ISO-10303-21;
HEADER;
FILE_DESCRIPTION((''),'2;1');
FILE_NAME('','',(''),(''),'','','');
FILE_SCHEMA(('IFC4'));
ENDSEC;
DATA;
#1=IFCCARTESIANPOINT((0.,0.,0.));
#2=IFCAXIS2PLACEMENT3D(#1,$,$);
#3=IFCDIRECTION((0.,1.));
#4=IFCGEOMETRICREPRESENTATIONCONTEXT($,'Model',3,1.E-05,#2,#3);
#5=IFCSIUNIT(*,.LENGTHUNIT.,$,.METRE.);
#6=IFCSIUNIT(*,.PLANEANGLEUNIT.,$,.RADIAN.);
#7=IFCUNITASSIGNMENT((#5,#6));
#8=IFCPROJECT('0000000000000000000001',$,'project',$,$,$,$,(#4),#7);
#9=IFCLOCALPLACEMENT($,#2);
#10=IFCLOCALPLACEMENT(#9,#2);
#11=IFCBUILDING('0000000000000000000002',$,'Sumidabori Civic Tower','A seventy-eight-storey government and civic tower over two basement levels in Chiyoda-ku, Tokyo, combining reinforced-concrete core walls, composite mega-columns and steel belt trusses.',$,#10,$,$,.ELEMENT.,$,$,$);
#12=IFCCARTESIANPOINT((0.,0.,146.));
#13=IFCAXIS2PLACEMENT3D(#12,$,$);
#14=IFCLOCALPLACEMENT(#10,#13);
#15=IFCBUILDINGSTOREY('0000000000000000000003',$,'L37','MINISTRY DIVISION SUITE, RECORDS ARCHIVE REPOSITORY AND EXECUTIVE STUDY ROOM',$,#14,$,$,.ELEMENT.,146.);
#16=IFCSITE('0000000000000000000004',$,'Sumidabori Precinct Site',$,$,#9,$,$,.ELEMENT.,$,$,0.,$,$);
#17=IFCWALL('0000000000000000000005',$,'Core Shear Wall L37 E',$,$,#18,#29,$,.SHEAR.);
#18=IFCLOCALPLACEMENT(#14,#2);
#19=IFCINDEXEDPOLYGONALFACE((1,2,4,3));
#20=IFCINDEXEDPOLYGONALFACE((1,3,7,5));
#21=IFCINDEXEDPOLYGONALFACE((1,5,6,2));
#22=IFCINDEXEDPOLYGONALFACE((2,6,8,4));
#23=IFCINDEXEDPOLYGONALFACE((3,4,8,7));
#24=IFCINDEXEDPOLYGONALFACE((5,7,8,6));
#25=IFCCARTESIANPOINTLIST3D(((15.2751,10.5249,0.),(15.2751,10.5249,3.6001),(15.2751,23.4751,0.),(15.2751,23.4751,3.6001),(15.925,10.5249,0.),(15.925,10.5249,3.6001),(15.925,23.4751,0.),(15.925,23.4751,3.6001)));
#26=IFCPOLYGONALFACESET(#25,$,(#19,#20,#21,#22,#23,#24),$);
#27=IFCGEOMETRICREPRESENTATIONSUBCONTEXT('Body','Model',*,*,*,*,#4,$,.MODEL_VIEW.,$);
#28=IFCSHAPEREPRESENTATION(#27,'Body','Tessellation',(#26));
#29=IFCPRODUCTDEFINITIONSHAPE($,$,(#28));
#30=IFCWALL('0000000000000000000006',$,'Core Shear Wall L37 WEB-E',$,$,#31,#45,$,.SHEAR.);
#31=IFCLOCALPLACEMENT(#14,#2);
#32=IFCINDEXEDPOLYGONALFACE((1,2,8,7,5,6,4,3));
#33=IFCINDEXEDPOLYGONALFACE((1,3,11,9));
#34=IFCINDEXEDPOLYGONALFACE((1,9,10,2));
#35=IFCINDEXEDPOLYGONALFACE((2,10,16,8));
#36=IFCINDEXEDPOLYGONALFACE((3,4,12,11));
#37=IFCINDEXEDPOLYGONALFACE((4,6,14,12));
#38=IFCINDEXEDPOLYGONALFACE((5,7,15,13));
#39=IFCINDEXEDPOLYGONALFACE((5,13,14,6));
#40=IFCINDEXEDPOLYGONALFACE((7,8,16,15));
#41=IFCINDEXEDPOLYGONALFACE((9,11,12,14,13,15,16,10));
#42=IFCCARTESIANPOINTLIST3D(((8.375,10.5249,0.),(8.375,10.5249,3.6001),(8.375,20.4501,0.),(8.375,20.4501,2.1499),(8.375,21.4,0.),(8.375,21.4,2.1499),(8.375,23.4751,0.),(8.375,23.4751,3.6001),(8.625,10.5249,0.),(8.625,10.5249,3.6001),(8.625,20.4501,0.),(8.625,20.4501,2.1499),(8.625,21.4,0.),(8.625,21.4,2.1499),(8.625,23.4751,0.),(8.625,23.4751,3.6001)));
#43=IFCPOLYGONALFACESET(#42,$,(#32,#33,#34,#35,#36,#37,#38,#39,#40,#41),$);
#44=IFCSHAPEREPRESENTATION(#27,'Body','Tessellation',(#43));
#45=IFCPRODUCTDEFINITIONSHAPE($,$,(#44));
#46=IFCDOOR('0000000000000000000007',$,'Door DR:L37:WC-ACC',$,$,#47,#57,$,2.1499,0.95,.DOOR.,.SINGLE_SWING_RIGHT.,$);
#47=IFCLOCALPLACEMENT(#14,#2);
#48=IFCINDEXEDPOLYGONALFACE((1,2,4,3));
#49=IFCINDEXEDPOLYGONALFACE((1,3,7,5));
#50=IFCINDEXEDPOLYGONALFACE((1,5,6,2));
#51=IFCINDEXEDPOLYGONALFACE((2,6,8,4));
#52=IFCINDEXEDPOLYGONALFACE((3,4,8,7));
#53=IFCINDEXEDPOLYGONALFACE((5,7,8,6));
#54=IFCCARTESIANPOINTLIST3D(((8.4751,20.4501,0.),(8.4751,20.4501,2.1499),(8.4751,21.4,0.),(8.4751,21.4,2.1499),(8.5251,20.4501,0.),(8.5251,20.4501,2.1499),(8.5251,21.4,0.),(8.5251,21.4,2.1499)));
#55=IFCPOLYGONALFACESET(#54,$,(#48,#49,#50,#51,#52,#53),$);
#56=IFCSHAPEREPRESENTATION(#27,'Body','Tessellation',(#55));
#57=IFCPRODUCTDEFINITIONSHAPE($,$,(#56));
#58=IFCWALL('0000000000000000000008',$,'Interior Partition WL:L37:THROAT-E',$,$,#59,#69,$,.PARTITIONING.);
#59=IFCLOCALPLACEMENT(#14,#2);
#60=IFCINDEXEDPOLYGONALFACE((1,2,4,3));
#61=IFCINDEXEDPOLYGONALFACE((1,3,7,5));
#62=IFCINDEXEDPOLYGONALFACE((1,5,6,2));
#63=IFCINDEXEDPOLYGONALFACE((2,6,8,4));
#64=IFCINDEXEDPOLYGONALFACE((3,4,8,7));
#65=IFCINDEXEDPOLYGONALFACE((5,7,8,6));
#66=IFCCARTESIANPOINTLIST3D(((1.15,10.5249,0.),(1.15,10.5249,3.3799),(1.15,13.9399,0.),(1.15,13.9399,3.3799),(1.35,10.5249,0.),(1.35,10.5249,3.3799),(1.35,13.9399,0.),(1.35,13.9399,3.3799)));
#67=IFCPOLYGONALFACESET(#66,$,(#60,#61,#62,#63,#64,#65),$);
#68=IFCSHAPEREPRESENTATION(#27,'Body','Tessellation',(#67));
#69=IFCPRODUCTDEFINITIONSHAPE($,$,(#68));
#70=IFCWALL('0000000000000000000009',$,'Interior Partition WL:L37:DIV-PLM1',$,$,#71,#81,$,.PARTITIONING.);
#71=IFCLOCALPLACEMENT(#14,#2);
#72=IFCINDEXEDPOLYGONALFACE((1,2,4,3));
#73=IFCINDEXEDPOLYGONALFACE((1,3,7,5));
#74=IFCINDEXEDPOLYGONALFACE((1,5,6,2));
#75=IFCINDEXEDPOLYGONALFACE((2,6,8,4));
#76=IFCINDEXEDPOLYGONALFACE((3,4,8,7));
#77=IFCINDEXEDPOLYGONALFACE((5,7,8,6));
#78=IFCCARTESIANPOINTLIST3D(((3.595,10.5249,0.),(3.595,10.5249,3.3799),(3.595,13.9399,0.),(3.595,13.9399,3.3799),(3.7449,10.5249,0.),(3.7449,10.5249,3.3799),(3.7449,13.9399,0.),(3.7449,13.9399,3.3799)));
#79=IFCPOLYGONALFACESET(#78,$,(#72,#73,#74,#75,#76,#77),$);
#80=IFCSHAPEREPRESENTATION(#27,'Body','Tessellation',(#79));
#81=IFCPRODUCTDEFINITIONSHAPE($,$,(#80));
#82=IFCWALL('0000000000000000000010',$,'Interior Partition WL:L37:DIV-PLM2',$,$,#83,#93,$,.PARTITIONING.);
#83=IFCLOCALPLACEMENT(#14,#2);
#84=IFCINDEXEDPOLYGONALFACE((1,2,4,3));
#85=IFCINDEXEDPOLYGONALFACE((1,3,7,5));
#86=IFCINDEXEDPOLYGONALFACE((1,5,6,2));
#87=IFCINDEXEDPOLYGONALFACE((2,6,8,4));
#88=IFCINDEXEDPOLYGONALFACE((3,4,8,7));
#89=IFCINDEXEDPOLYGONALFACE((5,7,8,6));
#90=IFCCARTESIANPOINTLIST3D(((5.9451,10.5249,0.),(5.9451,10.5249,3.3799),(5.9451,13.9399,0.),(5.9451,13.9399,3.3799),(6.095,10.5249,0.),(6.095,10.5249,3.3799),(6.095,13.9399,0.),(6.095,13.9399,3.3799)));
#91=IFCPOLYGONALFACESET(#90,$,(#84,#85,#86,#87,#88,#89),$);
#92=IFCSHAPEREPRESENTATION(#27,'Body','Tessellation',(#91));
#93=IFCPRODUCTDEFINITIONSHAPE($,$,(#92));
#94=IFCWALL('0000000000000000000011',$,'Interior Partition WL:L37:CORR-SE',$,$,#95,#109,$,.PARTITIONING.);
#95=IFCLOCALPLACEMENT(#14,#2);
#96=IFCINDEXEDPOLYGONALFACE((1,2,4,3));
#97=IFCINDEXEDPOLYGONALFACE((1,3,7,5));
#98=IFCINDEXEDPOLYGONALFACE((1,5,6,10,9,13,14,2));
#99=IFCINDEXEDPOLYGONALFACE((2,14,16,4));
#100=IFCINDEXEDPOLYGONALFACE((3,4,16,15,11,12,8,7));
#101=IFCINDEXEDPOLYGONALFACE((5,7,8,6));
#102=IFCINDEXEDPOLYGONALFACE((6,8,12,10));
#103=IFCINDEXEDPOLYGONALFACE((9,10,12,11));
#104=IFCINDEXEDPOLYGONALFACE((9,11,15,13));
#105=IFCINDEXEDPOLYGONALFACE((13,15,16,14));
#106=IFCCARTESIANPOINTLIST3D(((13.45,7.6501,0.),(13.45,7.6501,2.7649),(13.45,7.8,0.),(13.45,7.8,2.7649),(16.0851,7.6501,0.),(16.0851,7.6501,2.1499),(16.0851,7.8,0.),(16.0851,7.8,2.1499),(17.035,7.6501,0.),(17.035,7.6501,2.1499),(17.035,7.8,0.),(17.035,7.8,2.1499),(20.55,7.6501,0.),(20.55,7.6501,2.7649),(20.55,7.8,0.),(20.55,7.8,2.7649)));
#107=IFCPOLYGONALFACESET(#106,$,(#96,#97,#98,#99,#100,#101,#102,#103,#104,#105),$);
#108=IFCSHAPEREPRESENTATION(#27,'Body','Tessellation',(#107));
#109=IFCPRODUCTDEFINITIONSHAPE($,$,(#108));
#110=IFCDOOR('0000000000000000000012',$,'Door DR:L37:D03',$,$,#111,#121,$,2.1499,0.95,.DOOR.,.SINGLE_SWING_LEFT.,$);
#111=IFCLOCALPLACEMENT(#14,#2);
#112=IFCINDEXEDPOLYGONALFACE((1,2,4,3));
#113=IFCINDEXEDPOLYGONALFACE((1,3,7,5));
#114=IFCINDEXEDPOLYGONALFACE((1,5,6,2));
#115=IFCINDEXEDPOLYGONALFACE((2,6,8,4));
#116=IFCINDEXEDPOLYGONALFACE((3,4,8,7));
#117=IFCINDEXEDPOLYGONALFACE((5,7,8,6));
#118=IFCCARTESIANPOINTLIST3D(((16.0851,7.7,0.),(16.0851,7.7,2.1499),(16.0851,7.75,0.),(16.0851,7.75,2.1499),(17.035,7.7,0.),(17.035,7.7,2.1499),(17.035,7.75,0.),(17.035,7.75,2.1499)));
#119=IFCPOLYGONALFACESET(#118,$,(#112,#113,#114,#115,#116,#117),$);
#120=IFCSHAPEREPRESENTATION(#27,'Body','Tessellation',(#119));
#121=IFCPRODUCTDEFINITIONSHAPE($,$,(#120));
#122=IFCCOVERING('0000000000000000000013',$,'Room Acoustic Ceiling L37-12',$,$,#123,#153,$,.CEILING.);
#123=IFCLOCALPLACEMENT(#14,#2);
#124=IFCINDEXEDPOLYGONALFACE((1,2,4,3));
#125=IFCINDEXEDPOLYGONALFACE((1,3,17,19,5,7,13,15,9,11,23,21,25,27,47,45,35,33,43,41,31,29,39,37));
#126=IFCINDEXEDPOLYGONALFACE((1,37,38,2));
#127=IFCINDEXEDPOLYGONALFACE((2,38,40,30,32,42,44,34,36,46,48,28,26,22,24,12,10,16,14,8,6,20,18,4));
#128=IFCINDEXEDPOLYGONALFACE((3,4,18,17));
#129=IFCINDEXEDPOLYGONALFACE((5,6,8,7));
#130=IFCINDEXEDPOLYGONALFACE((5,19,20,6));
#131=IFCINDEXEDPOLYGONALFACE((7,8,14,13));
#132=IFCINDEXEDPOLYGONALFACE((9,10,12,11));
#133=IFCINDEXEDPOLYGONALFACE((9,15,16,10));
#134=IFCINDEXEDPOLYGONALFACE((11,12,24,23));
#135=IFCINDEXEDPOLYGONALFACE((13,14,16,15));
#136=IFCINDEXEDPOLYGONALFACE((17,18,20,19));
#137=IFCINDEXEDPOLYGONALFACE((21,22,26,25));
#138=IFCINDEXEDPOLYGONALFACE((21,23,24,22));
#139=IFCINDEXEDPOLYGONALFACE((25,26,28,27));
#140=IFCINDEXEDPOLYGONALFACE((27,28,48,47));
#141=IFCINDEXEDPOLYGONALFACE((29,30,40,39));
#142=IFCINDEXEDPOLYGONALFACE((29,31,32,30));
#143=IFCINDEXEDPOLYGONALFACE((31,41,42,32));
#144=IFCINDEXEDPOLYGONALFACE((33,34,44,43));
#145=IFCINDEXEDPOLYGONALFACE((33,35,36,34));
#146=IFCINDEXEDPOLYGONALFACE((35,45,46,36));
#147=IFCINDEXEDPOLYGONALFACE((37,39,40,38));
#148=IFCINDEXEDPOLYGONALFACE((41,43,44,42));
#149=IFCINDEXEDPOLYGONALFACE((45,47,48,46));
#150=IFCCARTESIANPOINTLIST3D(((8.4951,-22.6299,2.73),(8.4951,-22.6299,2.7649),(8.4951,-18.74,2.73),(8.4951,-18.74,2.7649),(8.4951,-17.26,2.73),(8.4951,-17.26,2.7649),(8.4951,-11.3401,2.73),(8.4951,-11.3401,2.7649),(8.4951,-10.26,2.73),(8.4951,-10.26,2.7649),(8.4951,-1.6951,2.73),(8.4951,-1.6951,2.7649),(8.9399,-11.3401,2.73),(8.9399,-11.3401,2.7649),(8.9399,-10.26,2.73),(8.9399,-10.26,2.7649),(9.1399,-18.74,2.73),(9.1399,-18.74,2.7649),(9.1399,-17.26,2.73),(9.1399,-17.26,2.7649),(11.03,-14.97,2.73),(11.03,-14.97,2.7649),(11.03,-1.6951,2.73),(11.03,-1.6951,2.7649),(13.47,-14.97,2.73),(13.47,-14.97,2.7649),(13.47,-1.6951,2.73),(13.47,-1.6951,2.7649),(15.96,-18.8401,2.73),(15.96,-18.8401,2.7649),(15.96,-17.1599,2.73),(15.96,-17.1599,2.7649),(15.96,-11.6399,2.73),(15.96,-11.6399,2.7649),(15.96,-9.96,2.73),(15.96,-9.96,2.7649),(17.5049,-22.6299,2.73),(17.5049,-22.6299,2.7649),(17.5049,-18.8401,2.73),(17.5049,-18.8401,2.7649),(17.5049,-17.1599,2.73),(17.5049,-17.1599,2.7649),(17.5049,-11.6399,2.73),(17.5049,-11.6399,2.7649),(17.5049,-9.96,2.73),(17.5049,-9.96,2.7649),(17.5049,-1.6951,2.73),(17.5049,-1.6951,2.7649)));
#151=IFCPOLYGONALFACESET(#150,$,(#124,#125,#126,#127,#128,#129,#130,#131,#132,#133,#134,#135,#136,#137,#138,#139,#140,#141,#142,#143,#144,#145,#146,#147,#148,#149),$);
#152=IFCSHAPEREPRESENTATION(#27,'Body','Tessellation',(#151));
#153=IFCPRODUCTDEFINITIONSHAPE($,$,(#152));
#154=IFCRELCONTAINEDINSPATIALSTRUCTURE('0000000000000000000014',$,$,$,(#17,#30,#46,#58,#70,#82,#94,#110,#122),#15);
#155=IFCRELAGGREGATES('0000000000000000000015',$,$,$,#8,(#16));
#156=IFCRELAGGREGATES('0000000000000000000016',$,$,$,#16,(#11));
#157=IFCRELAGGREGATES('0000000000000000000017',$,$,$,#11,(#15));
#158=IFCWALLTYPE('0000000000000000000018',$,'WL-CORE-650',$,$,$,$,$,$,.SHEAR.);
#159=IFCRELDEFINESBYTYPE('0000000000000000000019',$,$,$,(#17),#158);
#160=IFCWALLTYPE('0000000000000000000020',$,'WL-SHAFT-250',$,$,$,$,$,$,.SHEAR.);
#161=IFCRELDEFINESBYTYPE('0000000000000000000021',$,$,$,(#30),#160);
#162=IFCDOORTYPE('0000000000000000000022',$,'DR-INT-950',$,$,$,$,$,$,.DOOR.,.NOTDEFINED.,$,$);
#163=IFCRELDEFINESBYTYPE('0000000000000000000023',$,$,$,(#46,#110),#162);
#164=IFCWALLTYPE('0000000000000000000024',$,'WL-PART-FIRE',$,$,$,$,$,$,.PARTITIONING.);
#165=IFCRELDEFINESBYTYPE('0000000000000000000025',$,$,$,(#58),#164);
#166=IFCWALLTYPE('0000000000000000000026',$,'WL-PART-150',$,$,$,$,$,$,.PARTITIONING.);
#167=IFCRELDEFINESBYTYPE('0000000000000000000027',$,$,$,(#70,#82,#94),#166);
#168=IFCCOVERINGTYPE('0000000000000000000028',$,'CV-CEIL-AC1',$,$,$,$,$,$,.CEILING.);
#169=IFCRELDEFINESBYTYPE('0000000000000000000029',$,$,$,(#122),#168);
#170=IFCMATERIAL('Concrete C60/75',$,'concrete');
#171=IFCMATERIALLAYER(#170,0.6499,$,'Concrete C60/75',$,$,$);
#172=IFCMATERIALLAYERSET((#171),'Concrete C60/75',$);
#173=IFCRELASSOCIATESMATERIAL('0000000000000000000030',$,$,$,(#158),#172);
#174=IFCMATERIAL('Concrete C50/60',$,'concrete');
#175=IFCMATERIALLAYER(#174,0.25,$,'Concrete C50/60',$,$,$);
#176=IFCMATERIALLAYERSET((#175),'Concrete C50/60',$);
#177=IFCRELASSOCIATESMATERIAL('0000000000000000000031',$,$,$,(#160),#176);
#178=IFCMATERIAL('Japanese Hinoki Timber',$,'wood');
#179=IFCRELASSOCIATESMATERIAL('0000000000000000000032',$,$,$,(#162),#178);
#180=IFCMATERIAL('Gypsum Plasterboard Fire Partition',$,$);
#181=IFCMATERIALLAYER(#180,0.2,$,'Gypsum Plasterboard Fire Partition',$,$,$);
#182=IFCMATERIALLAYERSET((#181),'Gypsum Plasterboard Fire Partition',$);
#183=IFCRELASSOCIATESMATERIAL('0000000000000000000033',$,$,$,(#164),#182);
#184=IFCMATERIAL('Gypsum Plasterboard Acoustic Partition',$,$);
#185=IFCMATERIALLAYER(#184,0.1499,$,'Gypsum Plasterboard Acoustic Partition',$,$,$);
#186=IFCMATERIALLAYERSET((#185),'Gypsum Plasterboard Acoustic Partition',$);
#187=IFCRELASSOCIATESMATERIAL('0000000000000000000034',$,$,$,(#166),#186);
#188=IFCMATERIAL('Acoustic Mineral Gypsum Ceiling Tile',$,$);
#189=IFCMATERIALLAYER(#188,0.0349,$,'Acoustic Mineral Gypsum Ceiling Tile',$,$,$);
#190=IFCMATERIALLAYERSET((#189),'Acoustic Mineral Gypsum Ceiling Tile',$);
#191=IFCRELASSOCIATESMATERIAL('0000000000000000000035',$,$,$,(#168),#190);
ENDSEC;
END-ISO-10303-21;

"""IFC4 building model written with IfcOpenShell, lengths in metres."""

from ifc_helpers import new_model, si_unit, direction, frame, frame_2d, origin, place, context, subcontext, project, spatial, polyline, rectangle, outline, extrude, source, transform, mapped, material, layer, layer_set, type_object, element, fill, save


model = new_model("IFC4")

# Units and contexts
model_context = context("Model", 3, precision=1e-05, world=origin(), true_north=direction((0.0, 1.0)))
body_context = subcontext(model_context, "Body", "Model", "MODEL_VIEW")
ifc_project = project(units=[si_unit("LENGTHUNIT", "METRE"), si_unit("PLANEANGLEUNIT", "RADIAN")], contexts=[model_context])

# Site, building, storey
site_placement = place(None, origin())
site = spatial("IfcSite", under=ifc_project, at=site_placement, Name="Sumidabori Precinct Site", CompositionType="ELEMENT", RefElevation=0.0)
building_placement = place(site_placement, origin())
building = spatial("IfcBuilding", under=site, at=building_placement, Name="Sumidabori Civic Tower", Description="A seventy-eight-storey government and civic tower over two basement levels in Chiyoda-ku, Tokyo, combining reinforced-concrete core walls, composite mega-columns and steel belt trusses.", CompositionType="ELEMENT")
storey_placement = place(building_placement, frame((0.0, 0.0, 146.0)))
storey = spatial("IfcBuildingStorey", under=building, at=storey_placement, Name="L37", Description="MINISTRY DIVISION SUITE, RECORDS ARCHIVE REPOSITORY AND EXECUTIVE STUDY ROOM", CompositionType="ELEMENT", Elevation=146.0)

# Shared definitions
ifc_material_1 = material(Name="Concrete C60/75", Category="concrete")

# Wall
ifc_material_2 = material(Name="Concrete C50/60", Category="concrete")
ifc_layer_1 = layer(ifc_material_1, 0.6499, Name="Concrete C60/75")
ifc_layer_set_1 = layer_set([ifc_layer_1], Name="Concrete C60/75")
wall_type_1 = type_object("IfcWallType", Name="WL-CORE-650", PredefinedType="SHEAR", material=ifc_layer_set_1)
shared_shape_1 = source(origin(), body_context, "Body", "SweptSolid", [
    extrude(rectangle(XDim=12.9502, YDim=0.6499, at=frame_2d((6.4751, 0.0))), origin(), (0.0, 0.0, 1.0), 3.6001),
])
wall_1_placement = place(storey_placement, frame((15.6001, 10.5249, 0.0), z_axis=(0.0, 0.0, 1.0), x_axis=(0.0, 1.0, 0.0)))
element("IfcWall", 1, at=wall_1_placement, inside=storey, type_object=wall_type_1, Name="Core Shear Wall L37 E", PredefinedType="SHEAR", context=body_context, shape_type="MappedRepresentation", body=[
    mapped(shared_shape_1, transform((0.0, 0.0, 0.0), x_axis=(1.0, 0.0, 0.0), y_axis=(0.0, 1.0, 0.0), z_axis=(0.0, 0.0, 1.0), scale=1.0)),
])

# Wall, opening, door
ifc_layer_2 = layer(ifc_material_2, 0.25, Name="Concrete C50/60")
ifc_layer_set_2 = layer_set([ifc_layer_2], Name="Concrete C50/60")
wall_type_2 = type_object("IfcWallType", Name="WL-SHAFT-250", PredefinedType="SHEAR", material=ifc_layer_set_2)
shared_shape_2 = source(origin(), body_context, "Body", "SweptSolid", [
    extrude(rectangle(XDim=12.9502, YDim=0.25, at=frame_2d((6.4751, 0.0))), origin(), (0.0, 0.0, 1.0), 3.6001),
])
wall_2_placement = place(storey_placement, frame((8.5, 10.5249, 0.0), z_axis=(0.0, 0.0, 1.0), x_axis=(0.0, 1.0, 0.0)))
wall_2 = element("IfcWall", 2, at=wall_2_placement, inside=storey, type_object=wall_type_2, Name="Core Shear Wall L37 WEB-E", PredefinedType="SHEAR", context=body_context, shape_type="MappedRepresentation", body=[
    mapped(shared_shape_2, transform((0.0, 0.0, 0.0), x_axis=(1.0, 0.0, 0.0), y_axis=(0.0, 1.0, 0.0), z_axis=(0.0, 0.0, 1.0), scale=1.0)),
])
opening_1_placement = place(wall_2_placement, frame((9.925, 0.0, 0.0)))
opening_1 = element("IfcOpeningElement", 3, at=opening_1_placement, cuts=wall_2, PredefinedType="OPENING", context=body_context, shape_type="SweptSolid", body=[
    extrude(rectangle(XDim=0.95, YDim=2.1499, at=frame_2d((0.4751, 1.075))), frame((0.0, 0.137, 0.0), z_axis=(0.0, -1.0, 0.0), x_axis=(1.0, 0.0, 0.0)), (0.0, 0.0, 1.0), 0.2739),
])
ifc_material_3 = material(Name="Japanese Hinoki Timber", Category="wood")
door_type_1 = type_object("IfcDoorType", Name="DR-INT-950", OperationType="NOTDEFINED", PredefinedType="DOOR", material=ifc_material_3)
shared_shape_3 = source(origin(), body_context, "Body", "SweptSolid", [
    extrude(rectangle(XDim=0.95, YDim=2.1499, at=frame_2d((0.4751, 1.075))), frame((0.0, 0.0249, 0.0), z_axis=(0.0, -1.0, 0.0), x_axis=(1.0, 0.0, 0.0)), (0.0, 0.0, 1.0), 0.05),
])
door_1_placement = place(opening_1_placement, origin())
door_1 = element("IfcDoor", 4, at=door_1_placement, inside=storey, type_object=door_type_1, Name="Door DR:L37:WC-ACC", OperationType="SINGLE_SWING_RIGHT", OverallHeight=2.1499, OverallWidth=0.95, PredefinedType="DOOR", context=body_context, shape_type="MappedRepresentation", body=[
    mapped(shared_shape_3, transform((0.0, 0.0, 0.0), x_axis=(1.0, 0.0, 0.0), y_axis=(0.0, 1.0, 0.0), z_axis=(0.0, 0.0, 1.0), scale=1.0)),
])
fill(opening_1, door_1)

# Walls
ifc_material_4 = material(Name="Gypsum Plasterboard Fire Partition")
ifc_layer_3 = layer(ifc_material_4, 0.2, Name="Gypsum Plasterboard Fire Partition")
ifc_layer_set_3 = layer_set([ifc_layer_3], Name="Gypsum Plasterboard Fire Partition")
wall_type_3 = type_object("IfcWallType", Name="WL-PART-FIRE", PredefinedType="PARTITIONING", material=ifc_layer_set_3)
shared_shape_4 = source(origin(), body_context, "Body", "SweptSolid", [
    extrude(rectangle(XDim=3.415, YDim=0.2, at=frame_2d((1.7075, 0.0))), origin(), (0.0, 0.0, 1.0), 3.3799),
])
wall_3_placement = place(storey_placement, frame((1.25, 10.5249, 0.0), z_axis=(0.0, 0.0, 1.0), x_axis=(0.0, 1.0, 0.0)))
element("IfcWall", 5, at=wall_3_placement, inside=storey, type_object=wall_type_3, Name="Interior Partition WL:L37:THROAT-E", PredefinedType="PARTITIONING", context=body_context, shape_type="MappedRepresentation", body=[
    mapped(shared_shape_4, transform((0.0, 0.0, 0.0), x_axis=(1.0, 0.0, 0.0), y_axis=(0.0, 1.0, 0.0), z_axis=(0.0, 0.0, 1.0), scale=1.0)),
])
ifc_material_5 = material(Name="Gypsum Plasterboard Acoustic Partition")
ifc_layer_4 = layer(ifc_material_5, 0.1499, Name="Gypsum Plasterboard Acoustic Partition")
ifc_layer_set_4 = layer_set([ifc_layer_4], Name="Gypsum Plasterboard Acoustic Partition")
wall_type_4 = type_object("IfcWallType", Name="WL-PART-150", PredefinedType="PARTITIONING", material=ifc_layer_set_4)
shared_shape_5 = source(origin(), body_context, "Body", "SweptSolid", [
    extrude(rectangle(XDim=3.415, YDim=0.1499, at=frame_2d((1.7075, 0.0))), origin(), (0.0, 0.0, 1.0), 3.3799),
])
for number, where, z_axis, x_axis, name in (
    (6, (3.6699, 10.5249, 0.0), (0.0, 0.0, 1.0), (0.0, 1.0, 0.0), "Interior Partition WL:L37:DIV-PLM1"),
    (7, (6.02, 10.5249, 0.0), (0.0, 0.0, 1.0), (0.0, 1.0, 0.0), "Interior Partition WL:L37:DIV-PLM2"),
):
    element("IfcWall", number, at=place(storey_placement, frame(where, z_axis=z_axis, x_axis=x_axis)), inside=storey, type_object=wall_type_4, Name=name, PredefinedType="PARTITIONING", context=body_context, shape_type="MappedRepresentation", body=[
        mapped(shared_shape_5, transform((0.0, 0.0, 0.0), x_axis=(1.0, 0.0, 0.0), y_axis=(0.0, 1.0, 0.0), z_axis=(0.0, 0.0, 1.0), scale=1.0)),
    ])

# Wall, opening, door
shared_shape_6 = source(origin(), body_context, "Body", "SweptSolid", [
    extrude(rectangle(XDim=7.1001, YDim=0.1499, at=frame_2d((3.55, 0.0))), origin(), (0.0, 0.0, 1.0), 2.7649),
])
wall_4_placement = place(storey_placement, frame((13.45, 7.7251, 0.0), z_axis=(0.0, 0.0, 1.0), x_axis=(1.0, 0.0, 0.0)))
wall_4 = element("IfcWall", 8, at=wall_4_placement, inside=storey, type_object=wall_type_4, Name="Interior Partition WL:L37:CORR-SE", PredefinedType="PARTITIONING", context=body_context, shape_type="MappedRepresentation", body=[
    mapped(shared_shape_6, transform((0.0, 0.0, 0.0), x_axis=(1.0, 0.0, 0.0), y_axis=(0.0, 1.0, 0.0), z_axis=(0.0, 0.0, 1.0), scale=1.0)),
])
opening_2_placement = place(wall_4_placement, frame((2.635, 0.0, 0.0)))
opening_2 = element("IfcOpeningElement", 9, at=opening_2_placement, cuts=wall_4, PredefinedType="OPENING", context=body_context, shape_type="SweptSolid", body=[
    extrude(rectangle(XDim=0.95, YDim=2.1499, at=frame_2d((0.4751, 1.075))), frame((0.0, 0.0869, 0.0), z_axis=(0.0, -1.0, 0.0), x_axis=(1.0, 0.0, 0.0)), (0.0, 0.0, 1.0), 0.1738),
])
door_2_placement = place(opening_2_placement, origin())
door_2 = element("IfcDoor", 10, at=door_2_placement, inside=storey, type_object=door_type_1, Name="Door DR:L37:D03", OperationType="SINGLE_SWING_LEFT", OverallHeight=2.1499, OverallWidth=0.95, PredefinedType="DOOR", context=body_context, shape_type="MappedRepresentation", body=[
    mapped(shared_shape_3, transform((0.0, 0.0, 0.0), x_axis=(1.0, 0.0, 0.0), y_axis=(0.0, 1.0, 0.0), z_axis=(0.0, 0.0, 1.0), scale=1.0)),
])
fill(opening_2, door_2)

# Covering
ifc_material_6 = material(Name="Acoustic Mineral Gypsum Ceiling Tile")
ifc_layer_5 = layer(ifc_material_6, 0.0349, Name="Acoustic Mineral Gypsum Ceiling Tile")
ifc_layer_set_5 = layer_set([ifc_layer_5], Name="Acoustic Mineral Gypsum Ceiling Tile")
covering_type = type_object("IfcCoveringType", Name="CV-CEIL-AC1", PredefinedType="CEILING", material=ifc_layer_set_5)
covering_placement = place(storey_placement, frame((0.0, 0.0, 2.73)))
element("IfcCovering", 11, at=covering_placement, inside=storey, type_object=covering_type, Name="Room Acoustic Ceiling L37-12", PredefinedType="CEILING", context=body_context, shape_type="SweptSolid", body=[
    extrude(outline(polyline([(8.4951, -18.74), (9.1399, -18.74), (9.1399, -17.26), (8.4951, -17.26), (8.4951, -11.3401), (8.9399, -11.3401), (8.9399, -10.26), (8.4951, -10.26), (8.4951, -1.6951), (11.03, -1.6951), (11.03, -14.97), (13.47, -14.97), (13.47, -1.6951), (17.5049, -1.6951), (17.5049, -9.96), (15.96, -9.96), (15.96, -11.6399), (17.5049, -11.6399), (17.5049, -17.1599), (15.96, -17.1599), (15.96, -18.8401), (17.5049, -18.8401), (17.5049, -22.6299), (8.4951, -22.6299), (8.4951, -18.74)])), origin(), (0.0, 0.0, 1.0), 0.0349),
])

save(model, "model.ifc")
